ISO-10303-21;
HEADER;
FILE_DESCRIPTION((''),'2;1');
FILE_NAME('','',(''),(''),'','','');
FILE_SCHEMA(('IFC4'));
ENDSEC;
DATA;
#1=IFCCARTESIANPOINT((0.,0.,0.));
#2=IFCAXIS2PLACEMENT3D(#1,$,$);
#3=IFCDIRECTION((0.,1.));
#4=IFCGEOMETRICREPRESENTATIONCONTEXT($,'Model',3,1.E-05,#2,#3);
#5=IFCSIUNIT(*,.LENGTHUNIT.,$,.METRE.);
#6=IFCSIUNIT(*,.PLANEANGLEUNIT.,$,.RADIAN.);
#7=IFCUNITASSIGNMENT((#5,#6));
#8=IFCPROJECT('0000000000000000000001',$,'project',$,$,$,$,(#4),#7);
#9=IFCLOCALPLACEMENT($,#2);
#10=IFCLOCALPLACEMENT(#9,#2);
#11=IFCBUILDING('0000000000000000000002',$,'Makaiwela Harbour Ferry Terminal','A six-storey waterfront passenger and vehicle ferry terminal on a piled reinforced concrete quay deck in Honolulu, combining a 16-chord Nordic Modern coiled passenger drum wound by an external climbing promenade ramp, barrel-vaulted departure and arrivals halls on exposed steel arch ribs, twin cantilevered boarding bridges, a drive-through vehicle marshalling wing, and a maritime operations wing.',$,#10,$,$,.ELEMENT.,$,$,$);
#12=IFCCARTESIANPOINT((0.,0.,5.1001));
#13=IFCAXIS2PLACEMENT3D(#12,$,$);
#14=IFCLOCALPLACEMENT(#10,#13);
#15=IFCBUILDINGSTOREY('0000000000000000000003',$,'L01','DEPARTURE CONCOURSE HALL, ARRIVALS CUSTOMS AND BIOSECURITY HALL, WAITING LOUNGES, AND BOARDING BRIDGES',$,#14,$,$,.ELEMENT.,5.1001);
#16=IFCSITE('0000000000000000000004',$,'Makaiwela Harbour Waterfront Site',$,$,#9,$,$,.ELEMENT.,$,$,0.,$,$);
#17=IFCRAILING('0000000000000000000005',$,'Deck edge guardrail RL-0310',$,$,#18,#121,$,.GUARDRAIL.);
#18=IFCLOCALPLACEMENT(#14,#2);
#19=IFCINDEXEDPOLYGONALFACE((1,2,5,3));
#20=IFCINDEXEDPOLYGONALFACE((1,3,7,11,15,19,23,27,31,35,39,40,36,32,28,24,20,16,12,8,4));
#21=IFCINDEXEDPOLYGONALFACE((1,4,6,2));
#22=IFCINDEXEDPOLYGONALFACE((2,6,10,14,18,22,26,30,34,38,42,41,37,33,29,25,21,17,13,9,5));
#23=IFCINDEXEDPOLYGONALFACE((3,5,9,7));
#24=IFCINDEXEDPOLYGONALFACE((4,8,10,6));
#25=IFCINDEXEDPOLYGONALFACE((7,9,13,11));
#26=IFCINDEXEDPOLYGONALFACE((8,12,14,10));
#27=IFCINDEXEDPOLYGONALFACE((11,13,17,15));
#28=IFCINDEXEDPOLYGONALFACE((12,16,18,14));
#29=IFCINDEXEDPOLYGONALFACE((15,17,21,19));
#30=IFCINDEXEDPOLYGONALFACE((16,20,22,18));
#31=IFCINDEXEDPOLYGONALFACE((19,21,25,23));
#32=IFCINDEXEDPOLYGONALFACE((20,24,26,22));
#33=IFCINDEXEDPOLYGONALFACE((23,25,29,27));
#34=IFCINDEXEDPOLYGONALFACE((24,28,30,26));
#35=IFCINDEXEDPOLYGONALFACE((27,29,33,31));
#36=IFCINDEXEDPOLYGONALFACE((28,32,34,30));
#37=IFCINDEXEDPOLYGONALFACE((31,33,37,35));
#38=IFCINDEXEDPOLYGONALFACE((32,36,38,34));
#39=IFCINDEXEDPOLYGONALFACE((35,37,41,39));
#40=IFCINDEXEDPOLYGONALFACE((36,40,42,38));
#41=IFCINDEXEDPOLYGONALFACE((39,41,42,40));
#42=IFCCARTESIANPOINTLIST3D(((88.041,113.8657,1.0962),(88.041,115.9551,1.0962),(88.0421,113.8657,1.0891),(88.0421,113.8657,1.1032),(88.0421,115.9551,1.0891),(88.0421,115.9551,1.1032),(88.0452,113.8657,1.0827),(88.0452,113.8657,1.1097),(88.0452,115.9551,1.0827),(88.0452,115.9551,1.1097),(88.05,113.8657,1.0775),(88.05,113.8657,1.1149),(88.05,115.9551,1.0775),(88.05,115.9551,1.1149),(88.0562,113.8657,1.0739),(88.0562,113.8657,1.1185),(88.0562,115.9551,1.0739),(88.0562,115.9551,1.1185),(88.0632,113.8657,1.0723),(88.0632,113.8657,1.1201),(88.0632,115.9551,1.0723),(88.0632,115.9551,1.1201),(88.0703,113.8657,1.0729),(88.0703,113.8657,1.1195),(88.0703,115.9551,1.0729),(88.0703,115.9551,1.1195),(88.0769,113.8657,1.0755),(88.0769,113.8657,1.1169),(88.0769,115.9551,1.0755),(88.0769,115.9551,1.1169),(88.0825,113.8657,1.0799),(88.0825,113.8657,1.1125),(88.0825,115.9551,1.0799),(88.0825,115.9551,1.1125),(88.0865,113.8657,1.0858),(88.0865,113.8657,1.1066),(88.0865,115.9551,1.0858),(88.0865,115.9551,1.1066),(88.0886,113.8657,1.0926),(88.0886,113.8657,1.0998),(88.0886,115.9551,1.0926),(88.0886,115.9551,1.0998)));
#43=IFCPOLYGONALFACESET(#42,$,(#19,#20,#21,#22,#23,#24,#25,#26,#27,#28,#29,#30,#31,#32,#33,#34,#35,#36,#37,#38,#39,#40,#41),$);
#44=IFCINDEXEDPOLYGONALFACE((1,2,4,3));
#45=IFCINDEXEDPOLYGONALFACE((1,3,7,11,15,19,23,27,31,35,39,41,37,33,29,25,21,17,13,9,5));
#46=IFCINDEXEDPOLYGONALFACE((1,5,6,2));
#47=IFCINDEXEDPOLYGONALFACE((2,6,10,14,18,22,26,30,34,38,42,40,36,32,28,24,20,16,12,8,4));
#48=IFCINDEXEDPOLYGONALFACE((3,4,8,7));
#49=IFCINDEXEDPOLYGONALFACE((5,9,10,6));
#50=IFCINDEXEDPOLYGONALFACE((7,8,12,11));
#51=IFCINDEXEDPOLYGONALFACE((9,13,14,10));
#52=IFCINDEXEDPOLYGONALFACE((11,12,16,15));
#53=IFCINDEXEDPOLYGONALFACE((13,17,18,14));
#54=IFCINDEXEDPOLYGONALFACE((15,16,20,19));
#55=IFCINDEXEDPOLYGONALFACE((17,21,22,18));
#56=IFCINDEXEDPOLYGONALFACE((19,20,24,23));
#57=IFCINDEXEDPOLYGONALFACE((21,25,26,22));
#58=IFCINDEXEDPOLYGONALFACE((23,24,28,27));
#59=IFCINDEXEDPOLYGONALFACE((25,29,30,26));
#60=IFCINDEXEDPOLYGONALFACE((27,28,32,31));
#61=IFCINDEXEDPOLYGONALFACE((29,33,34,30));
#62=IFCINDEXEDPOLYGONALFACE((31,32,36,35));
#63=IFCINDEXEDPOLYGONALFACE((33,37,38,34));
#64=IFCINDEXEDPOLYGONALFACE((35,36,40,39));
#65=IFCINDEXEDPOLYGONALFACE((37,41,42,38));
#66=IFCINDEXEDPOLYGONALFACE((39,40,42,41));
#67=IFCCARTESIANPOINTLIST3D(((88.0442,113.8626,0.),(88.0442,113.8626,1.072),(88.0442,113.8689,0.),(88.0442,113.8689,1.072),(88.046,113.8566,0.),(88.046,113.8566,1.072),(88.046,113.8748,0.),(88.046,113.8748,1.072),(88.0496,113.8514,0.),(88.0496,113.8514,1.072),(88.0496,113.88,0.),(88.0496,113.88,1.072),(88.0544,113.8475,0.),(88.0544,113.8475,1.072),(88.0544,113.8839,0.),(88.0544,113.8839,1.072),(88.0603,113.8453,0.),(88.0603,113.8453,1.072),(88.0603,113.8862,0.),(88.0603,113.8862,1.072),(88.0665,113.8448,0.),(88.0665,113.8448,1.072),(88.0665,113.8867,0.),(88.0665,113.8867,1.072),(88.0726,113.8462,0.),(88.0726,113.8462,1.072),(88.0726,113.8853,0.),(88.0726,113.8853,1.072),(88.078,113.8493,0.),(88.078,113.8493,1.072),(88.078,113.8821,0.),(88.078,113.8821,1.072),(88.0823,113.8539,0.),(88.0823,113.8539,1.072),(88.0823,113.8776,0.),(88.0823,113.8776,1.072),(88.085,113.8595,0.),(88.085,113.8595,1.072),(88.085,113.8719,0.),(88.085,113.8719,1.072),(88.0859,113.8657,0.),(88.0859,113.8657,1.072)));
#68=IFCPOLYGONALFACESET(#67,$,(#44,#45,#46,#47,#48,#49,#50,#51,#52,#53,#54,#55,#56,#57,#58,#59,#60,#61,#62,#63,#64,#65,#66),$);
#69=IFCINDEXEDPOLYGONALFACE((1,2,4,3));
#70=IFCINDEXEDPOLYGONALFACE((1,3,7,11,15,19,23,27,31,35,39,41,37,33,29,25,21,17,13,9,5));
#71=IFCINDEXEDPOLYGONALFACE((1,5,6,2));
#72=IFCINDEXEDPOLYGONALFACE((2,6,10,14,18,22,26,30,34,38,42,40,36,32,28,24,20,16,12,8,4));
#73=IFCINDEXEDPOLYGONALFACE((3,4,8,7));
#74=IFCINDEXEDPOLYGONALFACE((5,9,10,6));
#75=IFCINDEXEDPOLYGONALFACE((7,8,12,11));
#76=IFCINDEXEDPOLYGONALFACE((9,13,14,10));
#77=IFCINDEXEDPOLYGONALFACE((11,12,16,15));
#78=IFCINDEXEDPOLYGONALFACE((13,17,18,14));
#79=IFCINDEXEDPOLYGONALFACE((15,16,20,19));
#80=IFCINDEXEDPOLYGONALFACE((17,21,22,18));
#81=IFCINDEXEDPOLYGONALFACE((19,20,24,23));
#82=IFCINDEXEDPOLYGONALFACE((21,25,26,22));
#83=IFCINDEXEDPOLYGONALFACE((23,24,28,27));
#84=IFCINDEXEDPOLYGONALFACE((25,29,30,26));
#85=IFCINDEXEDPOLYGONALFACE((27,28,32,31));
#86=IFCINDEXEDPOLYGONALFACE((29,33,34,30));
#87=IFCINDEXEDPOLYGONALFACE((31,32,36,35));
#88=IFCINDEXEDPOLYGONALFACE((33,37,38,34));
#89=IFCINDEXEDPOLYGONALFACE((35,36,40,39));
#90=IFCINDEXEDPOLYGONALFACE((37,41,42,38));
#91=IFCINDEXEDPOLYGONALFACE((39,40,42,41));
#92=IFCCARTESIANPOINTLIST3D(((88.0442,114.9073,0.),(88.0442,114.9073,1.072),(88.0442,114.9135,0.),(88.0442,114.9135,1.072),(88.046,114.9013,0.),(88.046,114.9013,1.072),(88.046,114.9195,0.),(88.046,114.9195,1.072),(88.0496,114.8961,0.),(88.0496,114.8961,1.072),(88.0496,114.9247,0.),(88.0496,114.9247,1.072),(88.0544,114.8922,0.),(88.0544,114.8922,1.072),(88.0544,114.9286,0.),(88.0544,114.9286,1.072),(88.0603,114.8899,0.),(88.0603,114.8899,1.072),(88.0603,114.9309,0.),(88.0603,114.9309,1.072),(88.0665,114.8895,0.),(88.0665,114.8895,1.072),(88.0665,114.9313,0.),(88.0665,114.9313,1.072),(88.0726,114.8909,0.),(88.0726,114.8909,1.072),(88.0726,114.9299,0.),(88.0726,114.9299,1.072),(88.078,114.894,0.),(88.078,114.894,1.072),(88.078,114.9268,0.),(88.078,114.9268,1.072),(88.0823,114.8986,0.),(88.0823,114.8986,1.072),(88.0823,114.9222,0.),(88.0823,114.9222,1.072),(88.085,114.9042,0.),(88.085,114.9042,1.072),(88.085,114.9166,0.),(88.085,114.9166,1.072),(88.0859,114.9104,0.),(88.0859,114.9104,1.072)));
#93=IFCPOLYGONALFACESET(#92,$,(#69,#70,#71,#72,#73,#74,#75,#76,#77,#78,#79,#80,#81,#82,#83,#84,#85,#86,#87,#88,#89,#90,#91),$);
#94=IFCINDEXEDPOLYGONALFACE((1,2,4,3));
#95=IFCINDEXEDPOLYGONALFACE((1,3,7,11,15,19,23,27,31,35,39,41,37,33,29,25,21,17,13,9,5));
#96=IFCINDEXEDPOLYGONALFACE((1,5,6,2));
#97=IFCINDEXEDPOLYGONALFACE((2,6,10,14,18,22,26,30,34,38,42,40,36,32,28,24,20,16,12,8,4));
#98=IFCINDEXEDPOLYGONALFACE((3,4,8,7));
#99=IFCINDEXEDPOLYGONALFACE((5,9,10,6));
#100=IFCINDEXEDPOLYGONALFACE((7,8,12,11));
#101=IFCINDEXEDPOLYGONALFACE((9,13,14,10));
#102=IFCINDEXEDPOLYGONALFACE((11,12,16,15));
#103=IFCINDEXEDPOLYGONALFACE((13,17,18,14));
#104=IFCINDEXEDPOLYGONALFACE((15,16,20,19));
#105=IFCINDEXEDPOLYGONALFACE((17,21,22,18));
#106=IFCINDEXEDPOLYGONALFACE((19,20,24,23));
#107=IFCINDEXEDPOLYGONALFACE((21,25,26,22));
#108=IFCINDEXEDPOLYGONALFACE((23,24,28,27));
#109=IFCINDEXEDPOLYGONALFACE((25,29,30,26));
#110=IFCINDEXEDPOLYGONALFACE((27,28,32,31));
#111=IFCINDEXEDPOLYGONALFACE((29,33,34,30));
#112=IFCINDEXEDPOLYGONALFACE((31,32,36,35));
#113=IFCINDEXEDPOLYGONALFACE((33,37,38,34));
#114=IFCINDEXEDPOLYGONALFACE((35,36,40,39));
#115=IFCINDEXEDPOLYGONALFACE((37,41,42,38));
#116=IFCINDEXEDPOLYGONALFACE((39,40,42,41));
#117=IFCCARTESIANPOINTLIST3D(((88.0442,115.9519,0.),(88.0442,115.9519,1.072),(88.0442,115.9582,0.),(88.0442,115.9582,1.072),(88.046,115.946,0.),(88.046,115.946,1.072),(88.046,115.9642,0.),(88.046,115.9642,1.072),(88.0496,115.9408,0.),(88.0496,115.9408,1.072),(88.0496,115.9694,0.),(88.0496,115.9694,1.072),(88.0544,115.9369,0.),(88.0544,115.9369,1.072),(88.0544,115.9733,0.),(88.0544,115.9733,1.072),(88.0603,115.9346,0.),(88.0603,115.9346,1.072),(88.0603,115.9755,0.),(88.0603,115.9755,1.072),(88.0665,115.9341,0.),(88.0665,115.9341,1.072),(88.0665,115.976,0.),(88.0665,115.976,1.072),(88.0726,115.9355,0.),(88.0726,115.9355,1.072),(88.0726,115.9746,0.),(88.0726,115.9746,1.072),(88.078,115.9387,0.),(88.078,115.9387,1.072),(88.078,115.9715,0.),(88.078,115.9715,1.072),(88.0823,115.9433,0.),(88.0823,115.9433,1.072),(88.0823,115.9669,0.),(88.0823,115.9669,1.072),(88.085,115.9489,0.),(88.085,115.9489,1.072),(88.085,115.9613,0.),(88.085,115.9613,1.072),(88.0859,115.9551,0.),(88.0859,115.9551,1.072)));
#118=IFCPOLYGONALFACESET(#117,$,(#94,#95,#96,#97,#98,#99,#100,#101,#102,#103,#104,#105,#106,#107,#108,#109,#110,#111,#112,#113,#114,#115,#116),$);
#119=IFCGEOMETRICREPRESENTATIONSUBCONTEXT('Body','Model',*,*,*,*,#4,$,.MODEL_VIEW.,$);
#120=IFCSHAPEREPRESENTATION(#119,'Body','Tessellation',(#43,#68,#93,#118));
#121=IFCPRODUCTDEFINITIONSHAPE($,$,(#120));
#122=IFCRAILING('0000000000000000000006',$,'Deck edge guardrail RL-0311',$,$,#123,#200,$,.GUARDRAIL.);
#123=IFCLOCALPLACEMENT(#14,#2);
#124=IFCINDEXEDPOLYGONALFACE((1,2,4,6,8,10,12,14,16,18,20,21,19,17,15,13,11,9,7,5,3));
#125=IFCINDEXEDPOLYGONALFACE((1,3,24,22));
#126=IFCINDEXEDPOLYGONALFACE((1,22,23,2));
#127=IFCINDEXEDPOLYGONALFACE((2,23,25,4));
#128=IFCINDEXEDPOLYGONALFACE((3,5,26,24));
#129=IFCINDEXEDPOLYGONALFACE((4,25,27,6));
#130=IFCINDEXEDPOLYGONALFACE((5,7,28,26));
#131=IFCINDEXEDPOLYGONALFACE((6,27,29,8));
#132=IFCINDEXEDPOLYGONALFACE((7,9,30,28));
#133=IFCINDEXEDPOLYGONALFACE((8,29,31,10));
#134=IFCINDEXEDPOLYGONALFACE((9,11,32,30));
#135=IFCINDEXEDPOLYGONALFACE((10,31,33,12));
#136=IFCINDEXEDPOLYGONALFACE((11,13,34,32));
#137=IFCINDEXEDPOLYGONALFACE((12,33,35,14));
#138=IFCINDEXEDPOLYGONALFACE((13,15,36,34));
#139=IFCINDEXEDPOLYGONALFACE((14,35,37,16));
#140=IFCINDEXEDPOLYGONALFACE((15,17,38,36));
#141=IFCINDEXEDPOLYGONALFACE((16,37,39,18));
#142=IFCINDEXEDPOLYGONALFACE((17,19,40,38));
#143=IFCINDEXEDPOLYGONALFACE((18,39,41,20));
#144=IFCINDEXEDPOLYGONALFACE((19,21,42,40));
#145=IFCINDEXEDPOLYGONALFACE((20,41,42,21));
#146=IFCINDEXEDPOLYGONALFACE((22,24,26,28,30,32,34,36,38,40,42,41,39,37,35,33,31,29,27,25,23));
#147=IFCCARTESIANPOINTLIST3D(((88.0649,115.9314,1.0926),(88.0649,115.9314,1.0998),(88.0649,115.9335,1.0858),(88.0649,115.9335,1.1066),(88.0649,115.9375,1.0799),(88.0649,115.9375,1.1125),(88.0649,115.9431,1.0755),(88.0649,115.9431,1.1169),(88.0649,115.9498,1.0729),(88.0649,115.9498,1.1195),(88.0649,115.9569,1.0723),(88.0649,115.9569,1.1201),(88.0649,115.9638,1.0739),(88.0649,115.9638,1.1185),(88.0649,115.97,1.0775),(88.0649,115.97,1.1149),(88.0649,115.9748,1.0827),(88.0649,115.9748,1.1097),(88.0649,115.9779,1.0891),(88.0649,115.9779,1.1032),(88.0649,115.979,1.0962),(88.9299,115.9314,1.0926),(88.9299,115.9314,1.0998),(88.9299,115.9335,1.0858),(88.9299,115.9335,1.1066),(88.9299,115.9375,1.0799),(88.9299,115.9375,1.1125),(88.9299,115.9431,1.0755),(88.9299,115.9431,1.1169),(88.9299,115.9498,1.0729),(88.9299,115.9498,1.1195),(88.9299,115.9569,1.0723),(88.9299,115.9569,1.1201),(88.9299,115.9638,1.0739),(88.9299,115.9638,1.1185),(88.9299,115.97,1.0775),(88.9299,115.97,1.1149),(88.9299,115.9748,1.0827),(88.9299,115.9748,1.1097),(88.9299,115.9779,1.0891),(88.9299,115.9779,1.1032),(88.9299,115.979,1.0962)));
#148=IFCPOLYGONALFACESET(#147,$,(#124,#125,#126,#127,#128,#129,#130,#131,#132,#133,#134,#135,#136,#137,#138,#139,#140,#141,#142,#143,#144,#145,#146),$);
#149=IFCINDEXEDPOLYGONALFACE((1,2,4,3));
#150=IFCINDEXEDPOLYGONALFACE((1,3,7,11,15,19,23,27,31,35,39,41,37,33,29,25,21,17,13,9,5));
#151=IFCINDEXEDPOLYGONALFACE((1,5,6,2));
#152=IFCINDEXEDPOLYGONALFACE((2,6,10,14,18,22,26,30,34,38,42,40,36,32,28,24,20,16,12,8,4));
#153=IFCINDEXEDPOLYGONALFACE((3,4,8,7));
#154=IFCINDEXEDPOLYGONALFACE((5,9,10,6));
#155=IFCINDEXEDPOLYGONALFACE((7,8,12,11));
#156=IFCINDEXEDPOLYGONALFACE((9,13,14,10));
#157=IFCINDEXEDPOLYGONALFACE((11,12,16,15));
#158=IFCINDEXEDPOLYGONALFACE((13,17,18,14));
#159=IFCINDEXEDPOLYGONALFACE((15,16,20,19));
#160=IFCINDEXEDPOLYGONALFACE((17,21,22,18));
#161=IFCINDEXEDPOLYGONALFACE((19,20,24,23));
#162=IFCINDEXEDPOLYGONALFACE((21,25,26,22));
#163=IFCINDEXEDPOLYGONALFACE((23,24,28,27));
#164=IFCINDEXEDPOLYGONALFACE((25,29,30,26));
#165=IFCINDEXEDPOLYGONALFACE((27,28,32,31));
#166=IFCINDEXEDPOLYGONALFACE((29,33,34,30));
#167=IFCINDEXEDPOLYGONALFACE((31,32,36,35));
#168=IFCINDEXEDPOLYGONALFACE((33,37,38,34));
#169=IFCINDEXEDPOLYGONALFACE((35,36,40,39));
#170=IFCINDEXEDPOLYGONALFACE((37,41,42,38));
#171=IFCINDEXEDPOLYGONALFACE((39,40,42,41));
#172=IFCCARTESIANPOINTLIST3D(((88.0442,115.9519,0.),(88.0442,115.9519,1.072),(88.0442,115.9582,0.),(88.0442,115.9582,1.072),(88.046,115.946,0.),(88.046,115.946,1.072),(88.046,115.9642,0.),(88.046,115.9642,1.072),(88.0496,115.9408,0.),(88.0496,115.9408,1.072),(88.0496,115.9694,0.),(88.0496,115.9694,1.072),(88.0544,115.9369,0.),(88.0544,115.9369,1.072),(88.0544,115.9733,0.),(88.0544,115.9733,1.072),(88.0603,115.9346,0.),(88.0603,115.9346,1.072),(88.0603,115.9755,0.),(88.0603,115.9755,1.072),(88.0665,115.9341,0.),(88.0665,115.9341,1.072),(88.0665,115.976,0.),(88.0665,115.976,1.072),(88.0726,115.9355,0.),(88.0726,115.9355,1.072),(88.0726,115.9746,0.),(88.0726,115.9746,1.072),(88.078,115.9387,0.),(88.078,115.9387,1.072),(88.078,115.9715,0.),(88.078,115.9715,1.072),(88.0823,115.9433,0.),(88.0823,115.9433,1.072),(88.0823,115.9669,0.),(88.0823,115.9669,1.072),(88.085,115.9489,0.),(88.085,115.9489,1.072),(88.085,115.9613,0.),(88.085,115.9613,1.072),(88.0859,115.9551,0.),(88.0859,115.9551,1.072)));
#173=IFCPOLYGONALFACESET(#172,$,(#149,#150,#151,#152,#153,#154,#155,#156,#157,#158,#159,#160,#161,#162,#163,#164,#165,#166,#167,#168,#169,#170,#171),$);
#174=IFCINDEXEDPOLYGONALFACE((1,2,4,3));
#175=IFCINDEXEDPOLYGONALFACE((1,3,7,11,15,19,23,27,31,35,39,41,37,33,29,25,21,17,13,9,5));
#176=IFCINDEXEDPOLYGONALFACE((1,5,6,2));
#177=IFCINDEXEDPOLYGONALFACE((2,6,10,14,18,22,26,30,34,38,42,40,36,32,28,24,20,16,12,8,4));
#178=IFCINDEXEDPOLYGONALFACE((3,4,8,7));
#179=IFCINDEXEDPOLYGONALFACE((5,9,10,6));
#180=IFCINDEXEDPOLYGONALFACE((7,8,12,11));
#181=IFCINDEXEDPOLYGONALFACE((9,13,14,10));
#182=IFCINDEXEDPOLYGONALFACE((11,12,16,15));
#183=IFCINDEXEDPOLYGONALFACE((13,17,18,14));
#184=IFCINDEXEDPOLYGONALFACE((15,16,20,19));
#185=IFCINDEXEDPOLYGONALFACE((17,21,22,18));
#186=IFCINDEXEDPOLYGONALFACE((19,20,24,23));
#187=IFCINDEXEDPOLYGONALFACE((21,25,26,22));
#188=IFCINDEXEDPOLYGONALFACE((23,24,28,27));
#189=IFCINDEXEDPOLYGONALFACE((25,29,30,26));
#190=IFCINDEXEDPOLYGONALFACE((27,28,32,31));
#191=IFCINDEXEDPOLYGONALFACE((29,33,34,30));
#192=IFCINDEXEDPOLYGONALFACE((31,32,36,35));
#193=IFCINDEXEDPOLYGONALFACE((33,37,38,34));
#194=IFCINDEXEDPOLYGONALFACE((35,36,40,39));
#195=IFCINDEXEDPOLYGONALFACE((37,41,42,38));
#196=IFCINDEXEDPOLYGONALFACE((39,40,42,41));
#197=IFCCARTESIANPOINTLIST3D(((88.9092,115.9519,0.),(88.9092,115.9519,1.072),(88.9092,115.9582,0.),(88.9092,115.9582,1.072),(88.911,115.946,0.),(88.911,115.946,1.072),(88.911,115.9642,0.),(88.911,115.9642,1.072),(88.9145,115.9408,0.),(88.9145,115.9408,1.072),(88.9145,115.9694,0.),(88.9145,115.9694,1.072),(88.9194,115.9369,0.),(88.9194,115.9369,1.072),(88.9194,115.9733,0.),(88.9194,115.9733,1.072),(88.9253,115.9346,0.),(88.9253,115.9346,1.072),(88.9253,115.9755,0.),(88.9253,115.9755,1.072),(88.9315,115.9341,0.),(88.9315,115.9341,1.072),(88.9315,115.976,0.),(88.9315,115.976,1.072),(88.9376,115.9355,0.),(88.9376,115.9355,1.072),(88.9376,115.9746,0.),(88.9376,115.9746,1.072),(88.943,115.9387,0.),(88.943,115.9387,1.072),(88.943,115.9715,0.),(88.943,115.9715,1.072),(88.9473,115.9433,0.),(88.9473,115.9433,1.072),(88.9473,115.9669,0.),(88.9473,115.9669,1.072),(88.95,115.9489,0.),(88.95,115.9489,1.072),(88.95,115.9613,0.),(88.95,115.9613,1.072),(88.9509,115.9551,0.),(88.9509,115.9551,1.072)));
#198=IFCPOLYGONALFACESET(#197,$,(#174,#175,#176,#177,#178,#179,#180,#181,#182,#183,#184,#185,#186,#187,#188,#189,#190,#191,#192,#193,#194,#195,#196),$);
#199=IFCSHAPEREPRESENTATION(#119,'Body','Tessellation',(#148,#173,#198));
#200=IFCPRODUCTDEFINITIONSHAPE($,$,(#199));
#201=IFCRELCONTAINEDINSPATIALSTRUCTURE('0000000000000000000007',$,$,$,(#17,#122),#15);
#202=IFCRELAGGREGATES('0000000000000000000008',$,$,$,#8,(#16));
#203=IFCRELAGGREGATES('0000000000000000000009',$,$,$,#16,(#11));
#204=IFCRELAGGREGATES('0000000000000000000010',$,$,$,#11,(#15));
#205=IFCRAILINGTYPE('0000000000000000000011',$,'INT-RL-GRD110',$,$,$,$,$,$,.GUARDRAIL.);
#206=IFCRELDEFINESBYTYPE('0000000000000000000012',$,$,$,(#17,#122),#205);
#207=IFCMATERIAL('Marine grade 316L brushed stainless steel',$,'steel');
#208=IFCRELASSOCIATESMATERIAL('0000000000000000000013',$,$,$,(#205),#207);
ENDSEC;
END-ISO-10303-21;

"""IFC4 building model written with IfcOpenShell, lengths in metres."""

from ifc_helpers import new_model, si_unit, direction, frame, origin, origin_2d, place, context, subcontext, project, spatial, circle, extrude, material, type_object, element, save


model = new_model("IFC4")

# Units and contexts
model_context = context("Model", 3, precision=1e-05, world=origin(), true_north=direction((0.0, 1.0)))
body_context = subcontext(model_context, "Body", "Model", "MODEL_VIEW")
ifc_project = project(units=[si_unit("LENGTHUNIT", "METRE"), si_unit("PLANEANGLEUNIT", "RADIAN")], contexts=[model_context])

# Site, building, storey
site_placement = place(None, origin())
site = spatial("IfcSite", under=ifc_project, at=site_placement, Name="Makaiwela Harbour Waterfront Site", CompositionType="ELEMENT", RefElevation=0.0)
building_placement = place(site_placement, origin())
building = spatial("IfcBuilding", under=site, at=building_placement, Name="Makaiwela Harbour Ferry Terminal", Description="A six-storey waterfront passenger and vehicle ferry terminal on a piled reinforced concrete quay deck in Honolulu, combining a 16-chord Nordic Modern coiled passenger drum wound by an external climbing promenade ramp, barrel-vaulted departure and arrivals halls on exposed steel arch ribs, twin cantilevered boarding bridges, a drive-through vehicle marshalling wing, and a maritime operations wing.", CompositionType="ELEMENT")
storey_placement = place(building_placement, frame((0.0, 0.0, 5.1001)))
storey = spatial("IfcBuildingStorey", under=building, at=storey_placement, Name="L01", Description="DEPARTURE CONCOURSE HALL, ARRIVALS CUSTOMS AND BIOSECURITY HALL, WAITING LOUNGES, AND BOARDING BRIDGES", CompositionType="ELEMENT", Elevation=5.1001)

# Railings
ifc_material_1 = material(Name="Marine grade 316L brushed stainless steel", Category="steel")
railing_type = type_object("IfcRailingType", Name="INT-RL-GRD110", PredefinedType="GUARDRAIL", material=ifc_material_1)
railing_1_placement = place(storey_placement, frame((88.0649, 113.8657, 0.0)))
element("IfcRailing", 1, at=railing_1_placement, inside=storey, type_object=railing_type, Name="Deck edge guardrail RL-0310", PredefinedType="GUARDRAIL", context=body_context, shape_type="SweptSolid", body=[
    extrude(circle(Radius=0.0239, at=origin_2d()), frame((0.0, 0.0, 1.0962), z_axis=(0.0, 1.0, 0.0), x_axis=(-1.0, 0.0, 0.0)), (0.0, 0.0, 1.0), 2.0894),
    extrude(circle(Radius=0.021, at=origin_2d()), origin(), (0.0, 0.0, 1.0), 1.072),
    extrude(circle(Radius=0.021, at=origin_2d()), frame((0.0, 1.0447, 0.0)), (0.0, 0.0, 1.0), 1.072),
    extrude(circle(Radius=0.021, at=origin_2d()), frame((0.0, 2.0894, 0.0)), (0.0, 0.0, 1.0), 1.072),
])
railing_2_placement = place(storey_placement, frame((88.0649, 115.9551, 0.0)))
element("IfcRailing", 2, at=railing_2_placement, inside=storey, type_object=railing_type, Name="Deck edge guardrail RL-0311", PredefinedType="GUARDRAIL", context=body_context, shape_type="SweptSolid", body=[
    extrude(circle(Radius=0.0239, at=origin_2d()), frame((0.0, 0.0, 1.0962), z_axis=(1.0, 0.0, 0.0), x_axis=(0.0, 1.0, 0.0)), (0.0, 0.0, 1.0), 0.865),
    extrude(circle(Radius=0.021, at=origin_2d()), origin(), (0.0, 0.0, 1.0), 1.072),
    extrude(circle(Radius=0.021, at=origin_2d()), frame((0.865, 0.0, 0.0)), (0.0, 0.0, 1.0), 1.072),
])

save(model, "model.ifc")
